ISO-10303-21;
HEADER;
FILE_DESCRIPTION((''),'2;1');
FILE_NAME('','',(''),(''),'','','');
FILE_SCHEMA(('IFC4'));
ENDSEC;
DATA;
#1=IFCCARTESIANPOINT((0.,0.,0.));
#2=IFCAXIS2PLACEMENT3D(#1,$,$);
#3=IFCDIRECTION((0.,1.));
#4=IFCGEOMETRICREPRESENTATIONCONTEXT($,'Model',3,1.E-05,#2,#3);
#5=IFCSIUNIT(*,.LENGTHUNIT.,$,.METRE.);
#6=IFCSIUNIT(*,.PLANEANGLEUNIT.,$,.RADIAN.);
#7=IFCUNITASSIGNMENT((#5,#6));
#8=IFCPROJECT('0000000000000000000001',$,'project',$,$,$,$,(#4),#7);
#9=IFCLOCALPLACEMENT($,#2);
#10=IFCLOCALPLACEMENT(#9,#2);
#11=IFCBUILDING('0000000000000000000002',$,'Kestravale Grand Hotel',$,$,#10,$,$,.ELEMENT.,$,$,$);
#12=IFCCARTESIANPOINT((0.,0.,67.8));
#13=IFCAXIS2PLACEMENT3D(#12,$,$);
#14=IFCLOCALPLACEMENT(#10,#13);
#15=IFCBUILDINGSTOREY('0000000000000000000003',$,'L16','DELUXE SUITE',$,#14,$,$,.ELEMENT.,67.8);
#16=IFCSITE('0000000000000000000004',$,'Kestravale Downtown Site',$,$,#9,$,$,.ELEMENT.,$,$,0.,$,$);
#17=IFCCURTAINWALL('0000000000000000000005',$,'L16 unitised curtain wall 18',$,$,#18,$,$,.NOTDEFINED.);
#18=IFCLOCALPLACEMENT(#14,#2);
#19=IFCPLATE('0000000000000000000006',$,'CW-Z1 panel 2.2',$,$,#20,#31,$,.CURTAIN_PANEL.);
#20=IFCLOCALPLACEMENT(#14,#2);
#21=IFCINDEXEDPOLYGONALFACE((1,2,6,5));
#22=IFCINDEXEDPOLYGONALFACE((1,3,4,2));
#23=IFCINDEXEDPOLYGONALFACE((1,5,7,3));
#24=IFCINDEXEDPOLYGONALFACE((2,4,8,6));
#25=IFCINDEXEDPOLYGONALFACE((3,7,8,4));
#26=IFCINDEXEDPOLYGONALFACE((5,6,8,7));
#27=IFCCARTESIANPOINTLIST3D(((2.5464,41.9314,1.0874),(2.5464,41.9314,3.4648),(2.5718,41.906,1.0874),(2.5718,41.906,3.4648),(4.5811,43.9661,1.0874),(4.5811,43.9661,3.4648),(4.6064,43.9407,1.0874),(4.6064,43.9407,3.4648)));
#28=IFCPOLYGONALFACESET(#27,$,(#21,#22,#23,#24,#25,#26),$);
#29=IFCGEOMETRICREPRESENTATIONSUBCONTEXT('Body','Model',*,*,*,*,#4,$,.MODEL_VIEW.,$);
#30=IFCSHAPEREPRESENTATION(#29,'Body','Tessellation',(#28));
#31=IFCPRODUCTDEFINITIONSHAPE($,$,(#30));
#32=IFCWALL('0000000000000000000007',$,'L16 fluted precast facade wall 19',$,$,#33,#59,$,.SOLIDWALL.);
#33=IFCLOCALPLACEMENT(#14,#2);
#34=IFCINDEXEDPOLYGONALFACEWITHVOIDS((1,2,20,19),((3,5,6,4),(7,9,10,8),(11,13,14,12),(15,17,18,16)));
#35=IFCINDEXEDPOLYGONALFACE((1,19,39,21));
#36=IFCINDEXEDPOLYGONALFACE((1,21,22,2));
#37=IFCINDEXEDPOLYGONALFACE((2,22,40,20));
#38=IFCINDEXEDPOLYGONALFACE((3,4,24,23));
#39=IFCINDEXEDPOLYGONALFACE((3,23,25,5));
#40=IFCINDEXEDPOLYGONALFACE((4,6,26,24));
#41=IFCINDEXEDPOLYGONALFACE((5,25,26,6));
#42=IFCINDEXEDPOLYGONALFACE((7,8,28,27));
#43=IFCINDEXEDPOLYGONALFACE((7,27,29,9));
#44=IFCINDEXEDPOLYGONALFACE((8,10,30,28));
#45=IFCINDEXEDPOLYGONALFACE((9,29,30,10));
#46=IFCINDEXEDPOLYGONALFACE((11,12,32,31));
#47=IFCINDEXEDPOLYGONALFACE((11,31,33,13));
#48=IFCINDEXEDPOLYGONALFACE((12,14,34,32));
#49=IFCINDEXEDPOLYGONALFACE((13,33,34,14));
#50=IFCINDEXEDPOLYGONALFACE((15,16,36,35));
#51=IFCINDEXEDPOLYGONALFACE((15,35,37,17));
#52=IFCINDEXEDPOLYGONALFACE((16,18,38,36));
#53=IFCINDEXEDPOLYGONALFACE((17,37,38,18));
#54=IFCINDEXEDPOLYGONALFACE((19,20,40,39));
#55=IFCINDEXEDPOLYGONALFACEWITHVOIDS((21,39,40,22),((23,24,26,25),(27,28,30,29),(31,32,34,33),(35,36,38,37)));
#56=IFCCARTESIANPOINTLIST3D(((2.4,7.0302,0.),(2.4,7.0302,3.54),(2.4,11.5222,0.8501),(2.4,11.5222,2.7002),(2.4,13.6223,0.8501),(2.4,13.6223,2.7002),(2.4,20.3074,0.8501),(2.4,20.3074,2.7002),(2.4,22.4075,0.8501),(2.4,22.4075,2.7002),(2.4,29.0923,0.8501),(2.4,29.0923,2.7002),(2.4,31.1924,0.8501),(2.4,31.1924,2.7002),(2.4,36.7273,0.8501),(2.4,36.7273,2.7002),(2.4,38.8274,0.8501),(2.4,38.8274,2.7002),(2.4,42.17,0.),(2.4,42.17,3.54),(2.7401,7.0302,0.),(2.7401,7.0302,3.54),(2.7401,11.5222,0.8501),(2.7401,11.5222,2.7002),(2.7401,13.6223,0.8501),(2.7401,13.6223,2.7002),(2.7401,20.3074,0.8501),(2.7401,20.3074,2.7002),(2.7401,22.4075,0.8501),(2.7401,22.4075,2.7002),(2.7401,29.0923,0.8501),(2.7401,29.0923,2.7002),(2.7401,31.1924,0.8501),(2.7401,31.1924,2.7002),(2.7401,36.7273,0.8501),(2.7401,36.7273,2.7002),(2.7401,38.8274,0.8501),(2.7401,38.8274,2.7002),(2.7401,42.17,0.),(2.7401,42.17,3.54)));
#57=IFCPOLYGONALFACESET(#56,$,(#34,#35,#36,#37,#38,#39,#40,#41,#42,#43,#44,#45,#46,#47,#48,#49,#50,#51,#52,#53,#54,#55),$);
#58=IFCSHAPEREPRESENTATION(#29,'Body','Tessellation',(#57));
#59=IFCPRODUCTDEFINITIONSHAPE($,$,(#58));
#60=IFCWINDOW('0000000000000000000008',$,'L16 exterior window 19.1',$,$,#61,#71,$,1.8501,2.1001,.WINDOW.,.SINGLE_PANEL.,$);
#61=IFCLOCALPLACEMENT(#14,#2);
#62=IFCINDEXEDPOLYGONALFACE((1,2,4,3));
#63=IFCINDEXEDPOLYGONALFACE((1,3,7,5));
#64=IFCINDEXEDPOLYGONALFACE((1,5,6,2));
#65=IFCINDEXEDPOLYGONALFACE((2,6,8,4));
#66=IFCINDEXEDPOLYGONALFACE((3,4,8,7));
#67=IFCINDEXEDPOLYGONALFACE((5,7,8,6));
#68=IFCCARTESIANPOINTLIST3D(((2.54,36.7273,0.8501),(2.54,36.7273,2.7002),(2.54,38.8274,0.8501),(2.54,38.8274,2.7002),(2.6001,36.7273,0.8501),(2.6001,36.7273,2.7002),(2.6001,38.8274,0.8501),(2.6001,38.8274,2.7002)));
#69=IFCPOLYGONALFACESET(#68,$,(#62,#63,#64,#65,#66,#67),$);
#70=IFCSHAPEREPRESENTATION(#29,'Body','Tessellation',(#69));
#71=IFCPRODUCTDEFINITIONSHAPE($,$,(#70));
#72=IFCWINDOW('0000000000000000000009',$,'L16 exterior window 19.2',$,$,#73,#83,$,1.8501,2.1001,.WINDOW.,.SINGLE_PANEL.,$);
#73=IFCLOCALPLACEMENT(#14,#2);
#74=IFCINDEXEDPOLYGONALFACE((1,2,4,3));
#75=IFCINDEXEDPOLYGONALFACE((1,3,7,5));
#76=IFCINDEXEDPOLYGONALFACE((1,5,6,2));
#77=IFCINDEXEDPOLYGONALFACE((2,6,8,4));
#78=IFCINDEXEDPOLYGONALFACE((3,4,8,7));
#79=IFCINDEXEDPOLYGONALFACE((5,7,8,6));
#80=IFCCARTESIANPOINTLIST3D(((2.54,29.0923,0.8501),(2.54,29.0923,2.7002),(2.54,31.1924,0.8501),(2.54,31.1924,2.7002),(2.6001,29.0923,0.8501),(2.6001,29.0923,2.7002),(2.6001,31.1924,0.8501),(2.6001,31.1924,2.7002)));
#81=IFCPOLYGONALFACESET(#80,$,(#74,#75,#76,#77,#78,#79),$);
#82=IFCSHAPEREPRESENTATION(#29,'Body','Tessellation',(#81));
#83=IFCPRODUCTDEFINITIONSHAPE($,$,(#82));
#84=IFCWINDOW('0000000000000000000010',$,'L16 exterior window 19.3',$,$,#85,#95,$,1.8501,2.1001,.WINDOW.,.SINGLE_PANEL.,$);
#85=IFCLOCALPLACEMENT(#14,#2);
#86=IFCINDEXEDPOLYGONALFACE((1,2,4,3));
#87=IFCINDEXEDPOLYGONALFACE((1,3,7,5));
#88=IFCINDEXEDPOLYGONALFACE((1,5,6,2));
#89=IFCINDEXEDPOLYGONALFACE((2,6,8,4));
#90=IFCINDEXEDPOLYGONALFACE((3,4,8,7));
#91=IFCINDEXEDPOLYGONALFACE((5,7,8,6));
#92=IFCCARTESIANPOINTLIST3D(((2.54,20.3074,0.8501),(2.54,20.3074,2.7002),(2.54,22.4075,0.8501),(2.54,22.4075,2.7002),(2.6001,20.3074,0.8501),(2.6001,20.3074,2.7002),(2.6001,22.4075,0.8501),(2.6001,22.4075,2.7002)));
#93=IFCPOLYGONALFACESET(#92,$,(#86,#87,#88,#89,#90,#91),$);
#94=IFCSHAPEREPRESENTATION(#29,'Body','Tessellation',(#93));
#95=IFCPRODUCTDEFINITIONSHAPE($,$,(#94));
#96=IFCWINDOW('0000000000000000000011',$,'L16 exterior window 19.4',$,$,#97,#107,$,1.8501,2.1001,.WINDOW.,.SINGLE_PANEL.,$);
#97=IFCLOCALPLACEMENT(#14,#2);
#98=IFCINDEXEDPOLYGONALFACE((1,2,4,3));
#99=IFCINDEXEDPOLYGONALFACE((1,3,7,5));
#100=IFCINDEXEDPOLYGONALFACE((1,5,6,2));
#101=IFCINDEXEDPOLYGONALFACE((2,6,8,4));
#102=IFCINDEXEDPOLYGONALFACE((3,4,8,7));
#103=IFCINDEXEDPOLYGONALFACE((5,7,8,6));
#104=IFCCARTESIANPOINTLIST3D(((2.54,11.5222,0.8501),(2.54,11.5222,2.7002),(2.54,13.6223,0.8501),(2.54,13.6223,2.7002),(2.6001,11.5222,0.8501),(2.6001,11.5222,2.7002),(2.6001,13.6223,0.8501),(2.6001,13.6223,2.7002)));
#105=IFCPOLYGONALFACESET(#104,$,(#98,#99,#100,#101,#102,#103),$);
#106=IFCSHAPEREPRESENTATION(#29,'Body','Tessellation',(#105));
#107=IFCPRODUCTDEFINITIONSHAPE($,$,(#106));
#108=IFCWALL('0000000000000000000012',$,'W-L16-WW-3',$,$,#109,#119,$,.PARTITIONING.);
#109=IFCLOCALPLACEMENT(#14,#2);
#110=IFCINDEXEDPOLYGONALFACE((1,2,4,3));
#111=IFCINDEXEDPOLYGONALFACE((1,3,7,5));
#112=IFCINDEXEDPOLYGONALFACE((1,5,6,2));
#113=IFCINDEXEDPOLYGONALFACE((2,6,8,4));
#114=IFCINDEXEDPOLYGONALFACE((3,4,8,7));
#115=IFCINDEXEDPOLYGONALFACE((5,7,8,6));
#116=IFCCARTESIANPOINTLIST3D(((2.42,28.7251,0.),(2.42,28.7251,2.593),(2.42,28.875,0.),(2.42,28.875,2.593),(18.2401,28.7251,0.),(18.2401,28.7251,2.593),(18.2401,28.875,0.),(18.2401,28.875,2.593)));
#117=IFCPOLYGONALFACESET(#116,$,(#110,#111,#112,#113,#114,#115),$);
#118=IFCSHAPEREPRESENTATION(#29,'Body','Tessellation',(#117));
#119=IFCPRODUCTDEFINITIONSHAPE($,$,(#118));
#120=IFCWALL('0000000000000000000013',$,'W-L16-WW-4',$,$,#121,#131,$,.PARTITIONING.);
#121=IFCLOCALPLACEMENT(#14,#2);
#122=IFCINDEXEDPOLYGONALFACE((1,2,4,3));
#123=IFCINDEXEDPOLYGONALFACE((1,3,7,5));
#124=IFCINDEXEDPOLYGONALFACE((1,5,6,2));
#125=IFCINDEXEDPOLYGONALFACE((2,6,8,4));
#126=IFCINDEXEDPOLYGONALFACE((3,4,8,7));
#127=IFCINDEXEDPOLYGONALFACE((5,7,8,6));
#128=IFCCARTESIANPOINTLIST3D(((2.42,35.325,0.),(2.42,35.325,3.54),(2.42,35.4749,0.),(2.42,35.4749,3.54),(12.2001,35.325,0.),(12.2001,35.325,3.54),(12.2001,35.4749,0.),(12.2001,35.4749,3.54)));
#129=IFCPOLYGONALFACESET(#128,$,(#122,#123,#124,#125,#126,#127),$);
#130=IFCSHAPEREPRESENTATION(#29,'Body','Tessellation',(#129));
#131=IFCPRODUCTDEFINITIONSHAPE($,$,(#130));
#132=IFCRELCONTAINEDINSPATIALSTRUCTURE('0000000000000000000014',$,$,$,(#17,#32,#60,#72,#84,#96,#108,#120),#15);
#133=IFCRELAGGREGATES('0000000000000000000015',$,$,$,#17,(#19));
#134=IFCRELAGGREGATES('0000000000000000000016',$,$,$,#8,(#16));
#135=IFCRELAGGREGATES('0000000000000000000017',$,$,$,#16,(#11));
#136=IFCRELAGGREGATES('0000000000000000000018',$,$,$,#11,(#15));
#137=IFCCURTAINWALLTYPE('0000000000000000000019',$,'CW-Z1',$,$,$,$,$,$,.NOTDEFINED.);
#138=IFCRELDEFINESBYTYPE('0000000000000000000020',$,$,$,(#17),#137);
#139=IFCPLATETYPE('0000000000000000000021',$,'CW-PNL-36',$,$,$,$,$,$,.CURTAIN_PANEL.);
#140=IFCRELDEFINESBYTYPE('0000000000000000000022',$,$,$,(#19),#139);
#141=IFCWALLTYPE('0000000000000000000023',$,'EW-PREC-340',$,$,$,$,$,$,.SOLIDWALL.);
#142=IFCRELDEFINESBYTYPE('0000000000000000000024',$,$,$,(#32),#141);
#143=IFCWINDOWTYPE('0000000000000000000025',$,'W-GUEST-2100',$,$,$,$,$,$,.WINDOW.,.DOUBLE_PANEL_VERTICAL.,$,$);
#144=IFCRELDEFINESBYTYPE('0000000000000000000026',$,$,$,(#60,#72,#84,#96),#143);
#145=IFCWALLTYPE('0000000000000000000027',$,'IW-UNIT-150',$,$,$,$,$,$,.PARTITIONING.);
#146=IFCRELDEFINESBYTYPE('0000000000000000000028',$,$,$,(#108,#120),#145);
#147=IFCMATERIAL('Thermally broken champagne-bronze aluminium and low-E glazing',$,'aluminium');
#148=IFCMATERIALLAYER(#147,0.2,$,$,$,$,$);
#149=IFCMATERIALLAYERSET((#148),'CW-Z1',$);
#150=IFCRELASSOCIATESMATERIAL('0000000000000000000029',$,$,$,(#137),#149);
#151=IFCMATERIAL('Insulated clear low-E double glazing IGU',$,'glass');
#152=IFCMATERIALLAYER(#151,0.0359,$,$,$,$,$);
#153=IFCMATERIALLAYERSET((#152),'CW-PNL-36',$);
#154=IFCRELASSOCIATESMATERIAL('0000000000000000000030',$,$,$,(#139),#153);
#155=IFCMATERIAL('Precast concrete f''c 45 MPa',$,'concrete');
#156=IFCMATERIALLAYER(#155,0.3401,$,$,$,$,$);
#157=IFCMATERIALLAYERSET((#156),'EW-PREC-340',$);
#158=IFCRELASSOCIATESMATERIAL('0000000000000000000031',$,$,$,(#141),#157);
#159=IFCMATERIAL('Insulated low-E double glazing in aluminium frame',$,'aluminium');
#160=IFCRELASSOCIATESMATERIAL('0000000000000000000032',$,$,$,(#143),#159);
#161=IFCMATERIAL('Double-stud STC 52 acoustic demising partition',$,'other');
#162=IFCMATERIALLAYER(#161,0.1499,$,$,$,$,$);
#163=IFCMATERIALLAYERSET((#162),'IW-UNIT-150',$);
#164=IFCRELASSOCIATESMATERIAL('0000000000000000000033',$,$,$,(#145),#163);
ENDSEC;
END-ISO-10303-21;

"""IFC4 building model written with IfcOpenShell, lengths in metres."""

from ifc_helpers import new_model, si_unit, direction, frame, frame_2d, origin, origin_2d, place, context, subcontext, project, spatial, rectangle, extrude, material, layer, layer_set, type_object, element, fill, aggregate, save


model = new_model("IFC4")

# Units and contexts
model_context = context("Model", 3, precision=1e-05, world=origin(), true_north=direction((0.0, 1.0)))
body_context = subcontext(model_context, "Body", "Model", "MODEL_VIEW")
ifc_project = project(units=[si_unit("LENGTHUNIT", "METRE"), si_unit("PLANEANGLEUNIT", "RADIAN")], contexts=[model_context])

# Site, building, storey
site_placement = place(None, origin())
site = spatial("IfcSite", under=ifc_project, at=site_placement, Name="Kestravale Downtown Site", CompositionType="ELEMENT", RefElevation=0.0)
building_placement = place(site_placement, origin())
building = spatial("IfcBuilding", under=site, at=building_placement, Name="Kestravale Grand Hotel", CompositionType="ELEMENT")
storey_placement = place(building_placement, frame((0.0, 0.0, 67.8)))
storey = spatial("IfcBuildingStorey", under=building, at=storey_placement, Name="L16", Description="DELUXE SUITE", CompositionType="ELEMENT", Elevation=67.8)

# Curtain wall, plate
ifc_material_1 = material(Name="Thermally broken champagne-bronze aluminium and low-E glazing", Category="aluminium")
ifc_layer_1 = layer(ifc_material_1, 0.2)
ifc_layer_set_1 = layer_set([ifc_layer_1], Name="CW-Z1")
curtain_wall_type = type_object("IfcCurtainWallType", Name="CW-Z1", PredefinedType="NOTDEFINED", material=ifc_layer_set_1)
curtain_wall_placement = place(storey_placement, origin())
curtain_wall = element("IfcCurtainWall", 1, at=curtain_wall_placement, inside=storey, type_object=curtain_wall_type, Name="L16 unitised curtain wall 18", PredefinedType="NOTDEFINED")
ifc_material_2 = material(Name="Insulated clear low-E double glazing IGU", Category="glass")
ifc_layer_2 = layer(ifc_material_2, 0.0359)
ifc_layer_set_2 = layer_set([ifc_layer_2], Name="CW-PNL-36")
plate_type = type_object("IfcPlateType", Name="CW-PNL-36", PredefinedType="CURTAIN_PANEL", material=ifc_layer_set_2)
plate_1_placement = place(storey_placement, frame((3.5764, 42.936, 1.0874), z_axis=(0.0, 0.0, 1.0), x_axis=(-0.707107, -0.707107, 0.0)))
plate_1 = element("IfcPlate", 2, at=plate_1_placement, type_object=plate_type, Name="CW-Z1 panel 2.2", PredefinedType="CURTAIN_PANEL", context=body_context, shape_type="SweptSolid", body=[
    extrude(rectangle(XDim=2.8774, YDim=0.0359, at=origin_2d()), origin(), (0.0, 0.0, 1.0), 2.3774),
])
aggregate(curtain_wall, [plate_1])

# Wall, openings, windows
ifc_material_3 = material(Name="Precast concrete f'c 45 MPa", Category="concrete")
ifc_layer_3 = layer(ifc_material_3, 0.3401)
ifc_layer_set_3 = layer_set([ifc_layer_3], Name="EW-PREC-340")
wall_type_1 = type_object("IfcWallType", Name="EW-PREC-340", PredefinedType="SOLIDWALL", material=ifc_layer_set_3)
wall_1_placement = place(storey_placement, frame((2.5701, 42.1699, 0.0), z_axis=(0.0, 0.0, 1.0), x_axis=(0.0, -1.0, 0.0)))
wall_1 = element("IfcWall", 3, at=wall_1_placement, inside=storey, type_object=wall_type_1, Name="L16 fluted precast facade wall 19", PredefinedType="SOLIDWALL", context=body_context, shape_type="SweptSolid", body=[
    extrude(rectangle(XDim=35.1399, YDim=0.3401, at=frame_2d((17.5698, 0.0))), origin(), (0.0, 0.0, 1.0), 3.54),
])
opening_1_placement = place(wall_1_placement, frame((3.3425, 0.0, 0.8501)))
opening_1 = element("IfcOpeningElement", 4, at=opening_1_placement, cuts=wall_1, PredefinedType="OPENING", context=body_context, shape_type="SweptSolid", body=[
    extrude(rectangle(XDim=2.1001, YDim=1.8501, at=frame_2d((1.05, 0.925))), frame((0.0, 0.1799, 0.0), z_axis=(0.0, -1.0, 0.0), x_axis=(1.0, 0.0, 0.0)), (0.0, 0.0, 1.0), 0.3601),
])
opening_2_placement = place(wall_1_placement, frame((10.9775, 0.0, 0.8501)))
opening_2 = element("IfcOpeningElement", 5, at=opening_2_placement, cuts=wall_1, PredefinedType="OPENING", context=body_context, shape_type="SweptSolid", body=[
    extrude(rectangle(XDim=2.1001, YDim=1.8501, at=frame_2d((1.05, 0.925))), frame((0.0, 0.1799, 0.0), z_axis=(0.0, -1.0, 0.0), x_axis=(1.0, 0.0, 0.0)), (0.0, 0.0, 1.0), 0.3601),
])
opening_3_placement = place(wall_1_placement, frame((19.7625, 0.0, 0.8501)))
opening_3 = element("IfcOpeningElement", 6, at=opening_3_placement, cuts=wall_1, PredefinedType="OPENING", context=body_context, shape_type="SweptSolid", body=[
    extrude(rectangle(XDim=2.1001, YDim=1.8501, at=frame_2d((1.05, 0.925))), frame((0.0, 0.1799, 0.0), z_axis=(0.0, -1.0, 0.0), x_axis=(1.0, 0.0, 0.0)), (0.0, 0.0, 1.0), 0.3601),
])
opening_4_placement = place(wall_1_placement, frame((28.5476, 0.0, 0.8501)))
opening_4 = element("IfcOpeningElement", 7, at=opening_4_placement, cuts=wall_1, PredefinedType="OPENING", context=body_context, shape_type="SweptSolid", body=[
    extrude(rectangle(XDim=2.1001, YDim=1.8501, at=frame_2d((1.05, 0.925))), frame((0.0, 0.1799, 0.0), z_axis=(0.0, -1.0, 0.0), x_axis=(1.0, 0.0, 0.0)), (0.0, 0.0, 1.0), 0.3601),
])
ifc_material_4 = material(Name="Insulated low-E double glazing in aluminium frame", Category="aluminium")
window_type = type_object("IfcWindowType", Name="W-GUEST-2100", PartitioningType="DOUBLE_PANEL_VERTICAL", PredefinedType="WINDOW", material=ifc_material_4)
window_1_placement = place(opening_1_placement, origin())
window_1 = element("IfcWindow", 8, at=window_1_placement, inside=storey, type_object=window_type, Name="L16 exterior window 19.1", OverallHeight=1.8501, OverallWidth=2.1001, PartitioningType="SINGLE_PANEL", PredefinedType="WINDOW", context=body_context, shape_type="SweptSolid", body=[
    extrude(rectangle(XDim=2.1001, YDim=1.8501, at=frame_2d((1.05, 0.925))), frame((0.0, 0.03, 0.0), z_axis=(0.0, -1.0, 0.0), x_axis=(1.0, 0.0, 0.0)), (0.0, 0.0, 1.0), 0.0601),
])
fill(opening_1, window_1)
window_2_placement = place(opening_2_placement, origin())
window_2 = element("IfcWindow", 9, at=window_2_placement, inside=storey, type_object=window_type, Name="L16 exterior window 19.2", OverallHeight=1.8501, OverallWidth=2.1001, PartitioningType="SINGLE_PANEL", PredefinedType="WINDOW", context=body_context, shape_type="SweptSolid", body=[
    extrude(rectangle(XDim=2.1001, YDim=1.8501, at=frame_2d((1.05, 0.925))), frame((0.0, 0.03, 0.0), z_axis=(0.0, -1.0, 0.0), x_axis=(1.0, 0.0, 0.0)), (0.0, 0.0, 1.0), 0.0601),
])
fill(opening_2, window_2)
window_3_placement = place(opening_3_placement, origin())
window_3 = element("IfcWindow", 10, at=window_3_placement, inside=storey, type_object=window_type, Name="L16 exterior window 19.3", OverallHeight=1.8501, OverallWidth=2.1001, PartitioningType="SINGLE_PANEL", PredefinedType="WINDOW", context=body_context, shape_type="SweptSolid", body=[
    extrude(rectangle(XDim=2.1001, YDim=1.8501, at=frame_2d((1.05, 0.925))), frame((0.0, 0.03, 0.0), z_axis=(0.0, -1.0, 0.0), x_axis=(1.0, 0.0, 0.0)), (0.0, 0.0, 1.0), 0.0601),
])
fill(opening_3, window_3)
window_4_placement = place(opening_4_placement, origin())
window_4 = element("IfcWindow", 11, at=window_4_placement, inside=storey, type_object=window_type, Name="L16 exterior window 19.4", OverallHeight=1.8501, OverallWidth=2.1001, PartitioningType="SINGLE_PANEL", PredefinedType="WINDOW", context=body_context, shape_type="SweptSolid", body=[
    extrude(rectangle(XDim=2.1001, YDim=1.8501, at=frame_2d((1.05, 0.925))), frame((0.0, 0.03, 0.0), z_axis=(0.0, -1.0, 0.0), x_axis=(1.0, 0.0, 0.0)), (0.0, 0.0, 1.0), 0.0601),
])
fill(opening_4, window_4)

# Walls
ifc_material_5 = material(Name="Double-stud STC 52 acoustic demising partition", Category="other")
ifc_layer_4 = layer(ifc_material_5, 0.1499)
ifc_layer_set_4 = layer_set([ifc_layer_4], Name="IW-UNIT-150")
wall_type_2 = type_object("IfcWallType", Name="IW-UNIT-150", PredefinedType="PARTITIONING", material=ifc_layer_set_4)
wall_2_placement = place(storey_placement, frame((2.4199, 28.8, 0.0), z_axis=(0.0, 0.0, 1.0), x_axis=(1.0, 0.0, 0.0)))
element("IfcWall", 12, at=wall_2_placement, inside=storey, type_object=wall_type_2, Name="W-L16-WW-3", PredefinedType="PARTITIONING", context=body_context, shape_type="SweptSolid", body=[
    extrude(rectangle(XDim=15.8201, YDim=0.1499, at=frame_2d((7.9102, 0.0))), origin(), (0.0, 0.0, 1.0), 2.593),
])
wall_3_placement = place(storey_placement, frame((2.4199, 35.3999, 0.0), z_axis=(0.0, 0.0, 1.0), x_axis=(1.0, 0.0, 0.0)))
element("IfcWall", 13, at=wall_3_placement, inside=storey, type_object=wall_type_2, Name="W-L16-WW-4", PredefinedType="PARTITIONING", context=body_context, shape_type="SweptSolid", body=[
    extrude(rectangle(XDim=9.78, YDim=0.1499, at=frame_2d((4.8901, 0.0))), origin(), (0.0, 0.0, 1.0), 3.54),
])

save(model, "model.ifc")
